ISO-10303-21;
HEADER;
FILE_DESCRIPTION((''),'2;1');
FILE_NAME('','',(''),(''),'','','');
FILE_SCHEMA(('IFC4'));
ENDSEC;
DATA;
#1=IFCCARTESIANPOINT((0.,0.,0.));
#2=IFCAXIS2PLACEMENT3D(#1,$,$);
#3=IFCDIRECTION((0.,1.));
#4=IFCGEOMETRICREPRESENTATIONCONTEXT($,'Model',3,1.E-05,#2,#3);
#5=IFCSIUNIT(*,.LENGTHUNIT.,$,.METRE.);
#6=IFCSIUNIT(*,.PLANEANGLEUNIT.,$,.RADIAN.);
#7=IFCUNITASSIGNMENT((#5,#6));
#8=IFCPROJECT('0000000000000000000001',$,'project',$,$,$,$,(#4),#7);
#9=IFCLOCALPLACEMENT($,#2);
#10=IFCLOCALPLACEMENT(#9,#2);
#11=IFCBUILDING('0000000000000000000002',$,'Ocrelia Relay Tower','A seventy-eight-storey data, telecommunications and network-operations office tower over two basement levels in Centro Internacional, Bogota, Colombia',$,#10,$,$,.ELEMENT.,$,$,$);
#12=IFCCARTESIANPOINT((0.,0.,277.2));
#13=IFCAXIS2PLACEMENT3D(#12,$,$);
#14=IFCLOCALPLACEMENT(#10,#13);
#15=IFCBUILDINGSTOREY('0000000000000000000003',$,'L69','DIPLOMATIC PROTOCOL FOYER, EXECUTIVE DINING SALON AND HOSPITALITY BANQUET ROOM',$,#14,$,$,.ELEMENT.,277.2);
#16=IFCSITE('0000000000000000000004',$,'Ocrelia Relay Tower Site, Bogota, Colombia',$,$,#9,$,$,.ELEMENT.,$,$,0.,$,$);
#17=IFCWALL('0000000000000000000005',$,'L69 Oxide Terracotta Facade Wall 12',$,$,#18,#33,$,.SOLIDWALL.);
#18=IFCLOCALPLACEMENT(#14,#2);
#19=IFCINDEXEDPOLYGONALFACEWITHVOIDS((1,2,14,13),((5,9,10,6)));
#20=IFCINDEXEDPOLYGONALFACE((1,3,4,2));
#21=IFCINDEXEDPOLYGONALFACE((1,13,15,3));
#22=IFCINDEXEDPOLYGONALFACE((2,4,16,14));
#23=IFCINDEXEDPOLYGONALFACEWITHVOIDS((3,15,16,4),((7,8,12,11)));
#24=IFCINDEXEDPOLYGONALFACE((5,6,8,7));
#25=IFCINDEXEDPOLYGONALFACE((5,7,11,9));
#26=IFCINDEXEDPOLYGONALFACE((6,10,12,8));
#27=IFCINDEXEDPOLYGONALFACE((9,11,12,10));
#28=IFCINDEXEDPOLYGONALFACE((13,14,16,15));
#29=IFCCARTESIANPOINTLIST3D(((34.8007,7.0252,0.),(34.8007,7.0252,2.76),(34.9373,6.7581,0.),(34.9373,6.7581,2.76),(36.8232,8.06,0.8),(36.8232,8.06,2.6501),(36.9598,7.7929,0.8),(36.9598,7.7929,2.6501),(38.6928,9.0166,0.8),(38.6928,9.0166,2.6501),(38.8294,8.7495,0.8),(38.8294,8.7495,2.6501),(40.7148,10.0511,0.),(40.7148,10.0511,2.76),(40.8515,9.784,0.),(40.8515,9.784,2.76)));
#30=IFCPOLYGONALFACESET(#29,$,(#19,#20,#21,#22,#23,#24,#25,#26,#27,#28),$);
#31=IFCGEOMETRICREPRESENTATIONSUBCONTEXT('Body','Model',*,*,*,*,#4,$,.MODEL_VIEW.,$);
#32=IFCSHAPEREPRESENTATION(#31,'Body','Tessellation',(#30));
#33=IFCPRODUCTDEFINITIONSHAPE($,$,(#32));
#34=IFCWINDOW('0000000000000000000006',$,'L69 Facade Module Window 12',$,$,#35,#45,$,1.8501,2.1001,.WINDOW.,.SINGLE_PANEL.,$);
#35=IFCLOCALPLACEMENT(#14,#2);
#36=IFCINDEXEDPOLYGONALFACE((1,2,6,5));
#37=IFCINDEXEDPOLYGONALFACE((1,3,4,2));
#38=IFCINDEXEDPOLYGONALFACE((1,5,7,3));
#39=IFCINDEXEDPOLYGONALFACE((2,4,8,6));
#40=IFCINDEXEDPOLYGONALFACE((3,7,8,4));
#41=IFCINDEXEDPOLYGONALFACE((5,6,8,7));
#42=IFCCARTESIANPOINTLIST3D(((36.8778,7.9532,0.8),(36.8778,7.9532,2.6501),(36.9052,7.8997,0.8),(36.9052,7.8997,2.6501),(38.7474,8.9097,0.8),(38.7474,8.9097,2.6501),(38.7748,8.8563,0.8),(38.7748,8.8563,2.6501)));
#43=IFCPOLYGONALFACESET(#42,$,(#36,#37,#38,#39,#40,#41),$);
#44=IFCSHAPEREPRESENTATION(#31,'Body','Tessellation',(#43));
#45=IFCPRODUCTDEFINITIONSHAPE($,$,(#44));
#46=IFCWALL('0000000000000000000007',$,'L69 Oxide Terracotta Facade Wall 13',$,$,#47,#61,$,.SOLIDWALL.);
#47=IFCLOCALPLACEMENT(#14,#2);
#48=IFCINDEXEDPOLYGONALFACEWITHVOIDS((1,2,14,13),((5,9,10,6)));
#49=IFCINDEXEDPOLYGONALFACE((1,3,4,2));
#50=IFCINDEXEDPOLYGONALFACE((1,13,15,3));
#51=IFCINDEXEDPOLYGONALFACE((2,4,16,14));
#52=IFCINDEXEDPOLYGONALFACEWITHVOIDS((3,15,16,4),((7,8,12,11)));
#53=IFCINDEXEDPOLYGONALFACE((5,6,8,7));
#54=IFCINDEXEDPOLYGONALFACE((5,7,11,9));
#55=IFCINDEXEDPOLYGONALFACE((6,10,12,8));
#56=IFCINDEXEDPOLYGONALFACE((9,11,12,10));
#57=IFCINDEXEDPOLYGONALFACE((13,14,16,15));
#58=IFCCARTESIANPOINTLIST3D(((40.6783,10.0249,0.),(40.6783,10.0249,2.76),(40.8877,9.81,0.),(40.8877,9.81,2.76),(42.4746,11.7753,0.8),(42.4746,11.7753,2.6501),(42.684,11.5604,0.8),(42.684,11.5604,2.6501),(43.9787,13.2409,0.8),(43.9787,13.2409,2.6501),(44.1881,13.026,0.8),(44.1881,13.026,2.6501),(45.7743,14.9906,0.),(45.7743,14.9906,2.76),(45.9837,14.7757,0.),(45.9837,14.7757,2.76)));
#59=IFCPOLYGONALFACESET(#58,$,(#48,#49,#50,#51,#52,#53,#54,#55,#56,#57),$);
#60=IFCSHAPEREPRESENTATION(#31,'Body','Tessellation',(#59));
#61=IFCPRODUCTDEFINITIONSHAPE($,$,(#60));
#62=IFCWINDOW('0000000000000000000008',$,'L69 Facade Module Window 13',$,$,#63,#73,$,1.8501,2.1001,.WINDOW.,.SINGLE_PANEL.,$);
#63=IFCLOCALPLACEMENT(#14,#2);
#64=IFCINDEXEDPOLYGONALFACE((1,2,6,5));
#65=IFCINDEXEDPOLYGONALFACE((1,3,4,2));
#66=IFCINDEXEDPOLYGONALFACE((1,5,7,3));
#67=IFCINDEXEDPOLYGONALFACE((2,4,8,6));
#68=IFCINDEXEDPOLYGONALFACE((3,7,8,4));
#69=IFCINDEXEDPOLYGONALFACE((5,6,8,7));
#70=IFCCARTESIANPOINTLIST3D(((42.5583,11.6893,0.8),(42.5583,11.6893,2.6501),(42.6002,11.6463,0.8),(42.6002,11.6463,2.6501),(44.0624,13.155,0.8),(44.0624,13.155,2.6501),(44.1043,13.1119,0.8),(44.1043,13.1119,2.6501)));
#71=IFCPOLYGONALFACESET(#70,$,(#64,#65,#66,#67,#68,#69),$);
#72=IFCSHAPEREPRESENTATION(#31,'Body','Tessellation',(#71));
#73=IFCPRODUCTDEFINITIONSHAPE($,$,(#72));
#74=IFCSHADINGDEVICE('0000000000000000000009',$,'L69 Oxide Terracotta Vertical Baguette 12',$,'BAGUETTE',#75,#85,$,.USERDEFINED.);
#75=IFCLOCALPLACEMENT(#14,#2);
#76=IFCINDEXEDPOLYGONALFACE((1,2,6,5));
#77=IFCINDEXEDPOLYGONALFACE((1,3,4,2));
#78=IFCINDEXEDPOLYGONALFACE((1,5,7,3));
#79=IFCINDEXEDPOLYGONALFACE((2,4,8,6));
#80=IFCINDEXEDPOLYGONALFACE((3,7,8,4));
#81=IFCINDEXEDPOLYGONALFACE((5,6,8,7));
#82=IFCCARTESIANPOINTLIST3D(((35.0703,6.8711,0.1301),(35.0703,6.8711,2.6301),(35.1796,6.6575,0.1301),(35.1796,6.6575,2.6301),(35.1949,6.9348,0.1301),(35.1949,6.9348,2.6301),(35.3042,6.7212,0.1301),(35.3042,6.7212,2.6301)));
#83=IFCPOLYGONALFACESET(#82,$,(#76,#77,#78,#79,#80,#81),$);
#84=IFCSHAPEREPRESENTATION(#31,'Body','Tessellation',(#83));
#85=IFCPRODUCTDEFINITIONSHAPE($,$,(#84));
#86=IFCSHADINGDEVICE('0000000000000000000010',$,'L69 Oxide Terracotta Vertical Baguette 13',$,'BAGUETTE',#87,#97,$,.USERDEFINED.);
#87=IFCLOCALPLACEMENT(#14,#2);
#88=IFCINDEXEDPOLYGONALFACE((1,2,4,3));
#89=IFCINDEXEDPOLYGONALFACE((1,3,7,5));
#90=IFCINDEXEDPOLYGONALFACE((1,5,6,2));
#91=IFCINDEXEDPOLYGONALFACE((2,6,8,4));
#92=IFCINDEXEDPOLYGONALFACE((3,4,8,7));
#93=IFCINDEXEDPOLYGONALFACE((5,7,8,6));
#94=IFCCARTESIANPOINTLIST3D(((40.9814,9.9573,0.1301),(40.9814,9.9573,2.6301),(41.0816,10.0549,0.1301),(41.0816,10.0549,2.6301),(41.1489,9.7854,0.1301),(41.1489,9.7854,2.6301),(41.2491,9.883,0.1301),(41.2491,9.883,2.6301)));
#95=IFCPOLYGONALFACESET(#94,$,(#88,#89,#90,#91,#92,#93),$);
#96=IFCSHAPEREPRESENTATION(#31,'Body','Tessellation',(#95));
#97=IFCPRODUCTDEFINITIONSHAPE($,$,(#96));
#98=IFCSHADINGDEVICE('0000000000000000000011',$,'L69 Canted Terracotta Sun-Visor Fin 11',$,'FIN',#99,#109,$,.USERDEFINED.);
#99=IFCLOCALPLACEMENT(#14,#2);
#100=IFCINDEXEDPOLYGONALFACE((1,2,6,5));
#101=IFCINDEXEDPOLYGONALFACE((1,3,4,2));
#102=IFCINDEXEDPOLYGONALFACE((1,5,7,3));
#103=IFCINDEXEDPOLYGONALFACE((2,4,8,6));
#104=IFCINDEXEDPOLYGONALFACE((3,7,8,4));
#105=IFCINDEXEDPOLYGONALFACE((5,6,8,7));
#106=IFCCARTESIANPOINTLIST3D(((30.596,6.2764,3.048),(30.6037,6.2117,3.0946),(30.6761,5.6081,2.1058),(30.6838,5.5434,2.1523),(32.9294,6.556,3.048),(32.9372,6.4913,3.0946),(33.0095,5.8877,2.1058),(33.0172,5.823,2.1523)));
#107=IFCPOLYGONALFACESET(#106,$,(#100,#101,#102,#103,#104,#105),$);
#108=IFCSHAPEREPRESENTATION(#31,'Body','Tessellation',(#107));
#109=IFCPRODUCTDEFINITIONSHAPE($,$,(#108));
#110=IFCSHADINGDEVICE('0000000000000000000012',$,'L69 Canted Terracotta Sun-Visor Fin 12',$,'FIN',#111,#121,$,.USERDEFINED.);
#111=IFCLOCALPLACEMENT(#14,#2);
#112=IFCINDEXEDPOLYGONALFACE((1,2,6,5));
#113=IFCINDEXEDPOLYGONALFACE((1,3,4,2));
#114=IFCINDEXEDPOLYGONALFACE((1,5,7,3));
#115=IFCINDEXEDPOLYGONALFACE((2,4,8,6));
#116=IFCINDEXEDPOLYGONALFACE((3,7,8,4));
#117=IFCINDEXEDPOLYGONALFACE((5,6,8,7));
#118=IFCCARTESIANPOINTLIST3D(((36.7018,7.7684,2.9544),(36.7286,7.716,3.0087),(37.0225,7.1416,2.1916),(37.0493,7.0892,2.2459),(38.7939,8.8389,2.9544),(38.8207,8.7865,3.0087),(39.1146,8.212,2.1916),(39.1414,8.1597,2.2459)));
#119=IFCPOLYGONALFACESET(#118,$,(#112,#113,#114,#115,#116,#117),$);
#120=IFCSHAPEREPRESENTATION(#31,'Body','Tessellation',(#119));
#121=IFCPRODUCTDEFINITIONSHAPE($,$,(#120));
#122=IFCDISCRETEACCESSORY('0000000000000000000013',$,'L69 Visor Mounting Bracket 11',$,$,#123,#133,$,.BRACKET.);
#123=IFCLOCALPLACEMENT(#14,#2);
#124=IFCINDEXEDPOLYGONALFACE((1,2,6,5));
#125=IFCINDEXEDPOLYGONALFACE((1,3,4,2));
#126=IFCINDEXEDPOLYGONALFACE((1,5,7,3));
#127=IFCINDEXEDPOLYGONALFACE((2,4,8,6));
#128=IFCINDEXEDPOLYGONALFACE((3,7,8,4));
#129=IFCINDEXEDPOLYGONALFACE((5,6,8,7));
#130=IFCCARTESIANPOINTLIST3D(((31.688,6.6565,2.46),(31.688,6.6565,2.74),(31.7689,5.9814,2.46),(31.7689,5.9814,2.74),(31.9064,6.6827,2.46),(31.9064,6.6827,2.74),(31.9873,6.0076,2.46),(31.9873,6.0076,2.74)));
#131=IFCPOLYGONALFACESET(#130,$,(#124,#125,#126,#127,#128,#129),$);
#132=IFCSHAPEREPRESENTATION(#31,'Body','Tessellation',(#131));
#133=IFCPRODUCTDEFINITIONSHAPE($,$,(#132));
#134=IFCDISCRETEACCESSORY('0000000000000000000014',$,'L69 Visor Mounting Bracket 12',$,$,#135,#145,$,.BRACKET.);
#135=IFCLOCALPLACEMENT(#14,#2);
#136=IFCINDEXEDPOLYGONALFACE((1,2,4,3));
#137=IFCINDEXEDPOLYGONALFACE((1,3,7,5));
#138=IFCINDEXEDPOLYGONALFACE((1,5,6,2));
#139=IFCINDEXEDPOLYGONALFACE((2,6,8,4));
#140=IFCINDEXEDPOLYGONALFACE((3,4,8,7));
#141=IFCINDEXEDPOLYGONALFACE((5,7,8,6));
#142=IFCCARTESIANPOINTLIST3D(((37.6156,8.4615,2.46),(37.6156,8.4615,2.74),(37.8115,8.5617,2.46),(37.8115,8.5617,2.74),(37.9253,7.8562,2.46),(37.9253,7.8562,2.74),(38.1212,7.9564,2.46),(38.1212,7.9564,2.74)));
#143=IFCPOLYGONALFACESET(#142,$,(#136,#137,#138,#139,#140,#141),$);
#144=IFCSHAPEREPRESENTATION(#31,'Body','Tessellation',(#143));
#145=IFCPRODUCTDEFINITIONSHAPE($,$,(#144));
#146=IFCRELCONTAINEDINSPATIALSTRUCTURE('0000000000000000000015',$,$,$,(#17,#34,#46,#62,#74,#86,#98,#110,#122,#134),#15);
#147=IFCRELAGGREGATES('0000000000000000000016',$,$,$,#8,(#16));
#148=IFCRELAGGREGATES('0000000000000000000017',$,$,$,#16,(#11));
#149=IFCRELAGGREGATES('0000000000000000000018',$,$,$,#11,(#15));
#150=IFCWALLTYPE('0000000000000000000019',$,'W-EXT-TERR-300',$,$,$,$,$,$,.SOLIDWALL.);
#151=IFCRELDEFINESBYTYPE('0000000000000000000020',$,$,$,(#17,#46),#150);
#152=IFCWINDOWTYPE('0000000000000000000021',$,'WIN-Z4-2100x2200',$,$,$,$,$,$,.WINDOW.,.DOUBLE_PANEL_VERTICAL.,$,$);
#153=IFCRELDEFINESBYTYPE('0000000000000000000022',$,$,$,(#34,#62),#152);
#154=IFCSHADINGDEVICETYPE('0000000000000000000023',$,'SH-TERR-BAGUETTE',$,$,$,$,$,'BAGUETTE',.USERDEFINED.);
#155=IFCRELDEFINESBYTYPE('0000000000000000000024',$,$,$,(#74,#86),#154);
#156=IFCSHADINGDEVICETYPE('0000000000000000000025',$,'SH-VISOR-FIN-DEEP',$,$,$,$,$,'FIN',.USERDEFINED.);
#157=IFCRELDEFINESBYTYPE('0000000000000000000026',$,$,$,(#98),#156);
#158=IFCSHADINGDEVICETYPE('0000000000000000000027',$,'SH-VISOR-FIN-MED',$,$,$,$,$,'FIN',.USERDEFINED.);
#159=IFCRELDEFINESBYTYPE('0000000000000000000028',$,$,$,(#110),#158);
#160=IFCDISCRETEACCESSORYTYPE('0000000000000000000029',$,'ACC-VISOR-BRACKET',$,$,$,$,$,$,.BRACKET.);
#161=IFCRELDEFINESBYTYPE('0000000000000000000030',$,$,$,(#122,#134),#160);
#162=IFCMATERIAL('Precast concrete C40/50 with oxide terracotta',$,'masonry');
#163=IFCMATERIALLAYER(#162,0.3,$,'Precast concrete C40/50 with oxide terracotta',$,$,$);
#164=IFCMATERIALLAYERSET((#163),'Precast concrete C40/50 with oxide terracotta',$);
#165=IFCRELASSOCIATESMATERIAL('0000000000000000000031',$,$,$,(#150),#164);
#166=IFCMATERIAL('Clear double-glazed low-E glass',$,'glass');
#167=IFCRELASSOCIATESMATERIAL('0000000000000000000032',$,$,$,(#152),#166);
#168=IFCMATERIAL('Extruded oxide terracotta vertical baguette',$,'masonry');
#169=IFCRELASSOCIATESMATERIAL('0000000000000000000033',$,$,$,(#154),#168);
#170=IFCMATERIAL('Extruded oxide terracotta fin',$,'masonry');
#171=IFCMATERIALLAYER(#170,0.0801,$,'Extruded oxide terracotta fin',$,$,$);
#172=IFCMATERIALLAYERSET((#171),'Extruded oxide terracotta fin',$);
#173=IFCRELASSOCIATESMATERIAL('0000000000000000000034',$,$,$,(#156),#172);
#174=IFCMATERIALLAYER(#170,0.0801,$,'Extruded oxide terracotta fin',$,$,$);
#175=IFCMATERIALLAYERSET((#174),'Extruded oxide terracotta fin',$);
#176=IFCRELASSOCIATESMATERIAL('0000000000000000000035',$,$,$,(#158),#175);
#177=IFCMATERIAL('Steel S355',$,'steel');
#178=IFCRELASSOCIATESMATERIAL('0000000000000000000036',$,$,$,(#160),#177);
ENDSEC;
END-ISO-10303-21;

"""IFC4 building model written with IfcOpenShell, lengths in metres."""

from ifc_helpers import new_model, si_unit, direction, frame, frame_2d, origin, origin_2d, place, context, subcontext, project, spatial, rectangle, extrude, material, layer, layer_set, type_object, element, fill, save


model = new_model("IFC4")

# Units and contexts
model_context = context("Model", 3, precision=1e-05, world=origin(), true_north=direction((0.0, 1.0)))
body_context = subcontext(model_context, "Body", "Model", "MODEL_VIEW")
ifc_project = project(units=[si_unit("LENGTHUNIT", "METRE"), si_unit("PLANEANGLEUNIT", "RADIAN")], contexts=[model_context])

# Site, building, storey
site_placement = place(None, origin())
site = spatial("IfcSite", under=ifc_project, at=site_placement, Name="Ocrelia Relay Tower Site, Bogota, Colombia", CompositionType="ELEMENT", RefElevation=0.0)
building_placement = place(site_placement, origin())
building = spatial("IfcBuilding", under=site, at=building_placement, Name="Ocrelia Relay Tower", Description="A seventy-eight-storey data, telecommunications and network-operations office tower over two basement levels in Centro Internacional, Bogota, Colombia", CompositionType="ELEMENT")
storey_placement = place(building_placement, frame((0.0, 0.0, 277.2)))
storey = spatial("IfcBuildingStorey", under=building, at=storey_placement, Name="L69", Description="DIPLOMATIC PROTOCOL FOYER, EXECUTIVE DINING SALON AND HOSPITALITY BANQUET ROOM", CompositionType="ELEMENT", Elevation=277.2)

# Shared definitions
ifc_material_1 = material(Name="Steel S355", Category="steel")

# Walls, openings, windows
ifc_material_2 = material(Name="Precast concrete C40/50 with oxide terracotta", Category="masonry")
ifc_layer_1 = layer(ifc_material_2, 0.3, Name="Precast concrete C40/50 with oxide terracotta")
ifc_layer_set_1 = layer_set([ifc_layer_1], Name="Precast concrete C40/50 with oxide terracotta")
wall_type_1 = type_object("IfcWallType", Name="W-EXT-TERR-300", PredefinedType="SOLIDWALL", material=ifc_layer_set_1)
wall_1_placement = place(storey_placement, frame((34.8689, 6.8916, 0.0), z_axis=(0.0, 0.0, 1.0), x_axis=(0.890243, 0.455485, 0.0)))
wall_1 = element("IfcWall", 1, at=wall_1_placement, inside=storey, type_object=wall_type_1, Name="L69 Oxide Terracotta Facade Wall 12", PredefinedType="SOLIDWALL", context=body_context, shape_type="SweptSolid", body=[
    extrude(rectangle(XDim=6.6433, YDim=0.3, at=frame_2d((3.3218, 0.0))), origin(), (0.0, 0.0, 1.0), 2.76),
])
opening_1_placement = place(wall_1_placement, frame((2.272, 0.0, 0.8)))
opening_1 = element("IfcOpeningElement", 2, at=opening_1_placement, cuts=wall_1, PredefinedType="OPENING", context=body_context, shape_type="SweptSolid", body=[
    extrude(rectangle(XDim=2.1001, YDim=1.8501, at=frame_2d((1.05, 0.925))), frame((0.0, 0.1602, 0.0), z_axis=(0.0, -1.0, 0.0), x_axis=(1.0, 0.0, 0.0)), (0.0, 0.0, 1.0), 0.3201),
])
ifc_material_3 = material(Name="Clear double-glazed low-E glass", Category="glass")
window_type = type_object("IfcWindowType", Name="WIN-Z4-2100x2200", PartitioningType="DOUBLE_PANEL_VERTICAL", PredefinedType="WINDOW", material=ifc_material_3)
window_1_placement = place(opening_1_placement, origin())
window_1 = element("IfcWindow", 3, at=window_1_placement, inside=storey, type_object=window_type, Name="L69 Facade Module Window 12", OverallHeight=1.8501, OverallWidth=2.1001, PartitioningType="SINGLE_PANEL", PredefinedType="WINDOW", context=body_context, shape_type="SweptSolid", body=[
    extrude(rectangle(XDim=2.1001, YDim=1.8501, at=frame_2d((1.05, 0.925))), frame((0.0, 0.03, 0.0), z_axis=(0.0, -1.0, 0.0), x_axis=(1.0, 0.0, 0.0)), (0.0, 0.0, 1.0), 0.0601),
])
fill(opening_1, window_1)
wall_2_placement = place(storey_placement, frame((40.783, 9.9175, 0.0), z_axis=(0.0, 0.0, 1.0), x_axis=(0.716209, 0.697886, 0.0)))
wall_2 = element("IfcWall", 4, at=wall_2_placement, inside=storey, type_object=wall_type_1, Name="L69 Oxide Terracotta Facade Wall 13", PredefinedType="SOLIDWALL", context=body_context, shape_type="SweptSolid", body=[
    extrude(rectangle(XDim=7.1152, YDim=0.3, at=frame_2d((3.5576, 0.0))), origin(), (0.0, 0.0, 1.0), 2.76),
])
opening_2_placement = place(wall_2_placement, frame((2.5081, 0.0, 0.8)))
opening_2 = element("IfcOpeningElement", 5, at=opening_2_placement, cuts=wall_2, PredefinedType="OPENING", context=body_context, shape_type="SweptSolid", body=[
    extrude(rectangle(XDim=2.1001, YDim=1.8501, at=frame_2d((1.05, 0.925))), frame((0.0, 0.1602, 0.0), z_axis=(0.0, -1.0, 0.0), x_axis=(1.0, 0.0, 0.0)), (0.0, 0.0, 1.0), 0.3201),
])
window_2_placement = place(opening_2_placement, origin())
window_2 = element("IfcWindow", 6, at=window_2_placement, inside=storey, type_object=window_type, Name="L69 Facade Module Window 13", OverallHeight=1.8501, OverallWidth=2.1001, PartitioningType="SINGLE_PANEL", PredefinedType="WINDOW", context=body_context, shape_type="SweptSolid", body=[
    extrude(rectangle(XDim=2.1001, YDim=1.8501, at=frame_2d((1.05, 0.925))), frame((0.0, 0.03, 0.0), z_axis=(0.0, -1.0, 0.0), x_axis=(1.0, 0.0, 0.0)), (0.0, 0.0, 1.0), 0.0601),
])
fill(opening_2, window_2)

# Shading devices
ifc_material_4 = material(Name="Extruded oxide terracotta vertical baguette", Category="masonry")
shading_device_type_1 = type_object("IfcShadingDeviceType", Name="SH-TERR-BAGUETTE", ElementType="BAGUETTE", PredefinedType="USERDEFINED", material=ifc_material_4)
for number, where, z_axis, x_axis, name in (
    (7, (35.1873, 6.7961, 0.1301), (0.0, 0.0, 1.0), (0.89024, 0.455492, 0.0), "L69 Oxide Terracotta Vertical Baguette 12"),
    (8, (41.1152, 9.9202, 0.1301), (0.0, 0.0, 1.0), (0.716197, 0.697898, 0.0), "L69 Oxide Terracotta Vertical Baguette 13"),
):
    element("IfcShadingDevice", number, at=place(storey_placement, frame(where, z_axis=z_axis, x_axis=x_axis)), inside=storey, type_object=shading_device_type_1, Name=name, ObjectType="BAGUETTE", PredefinedType="USERDEFINED", context=body_context, shape_type="SweptSolid", body=[
        extrude(rectangle(XDim=0.1399, YDim=0.24, at=origin_2d()), origin(), (0.0, 0.0, 1.0), 2.5),
    ])
ifc_material_5 = material(Name="Extruded oxide terracotta fin", Category="masonry")
ifc_layer_2 = layer(ifc_material_5, 0.0801, Name="Extruded oxide terracotta fin")
ifc_layer_set_2 = layer_set([ifc_layer_2], Name="Extruded oxide terracotta fin")
shading_device_type_2 = type_object("IfcShadingDeviceType", Name="SH-VISOR-FIN-DEEP", ElementType="FIN", PredefinedType="USERDEFINED", material=ifc_layer_set_2)
shading_device_1_placement = place(storey_placement, frame((31.8027, 6.082, 2.5769), z_axis=(0.096797, -0.807932, 0.581271), x_axis=(0.992899, 0.118957, 0.0)))
element("IfcShadingDevice", 9, at=shading_device_1_placement, inside=storey, type_object=shading_device_type_2, Name="L69 Canted Terracotta Sun-Visor Fin 11", ObjectType="FIN", PredefinedType="USERDEFINED", context=body_context, shape_type="SweptSolid", body=[
    extrude(rectangle(XDim=2.3501, YDim=1.158, at=origin_2d()), origin(), (0.0, 0.0, 1.0), 0.0801),
])
ifc_layer_3 = layer(ifc_material_5, 0.0801, Name="Extruded oxide terracotta fin")
ifc_layer_set_3 = layer_set([ifc_layer_3], Name="Extruded oxide terracotta fin")
shading_device_type_3 = type_object("IfcShadingDeviceType", Name="SH-VISOR-FIN-MED", ElementType="FIN", PredefinedType="USERDEFINED", material=ifc_layer_set_3)
shading_device_2_placement = place(storey_placement, frame((37.9082, 7.9902, 2.573), z_axis=(0.334694, -0.654145, 0.678288), x_axis=(0.89024, 0.455492, 0.0)))
element("IfcShadingDevice", 10, at=shading_device_2_placement, inside=storey, type_object=shading_device_type_3, Name="L69 Canted Terracotta Sun-Visor Fin 12", ObjectType="FIN", PredefinedType="USERDEFINED", context=body_context, shape_type="SweptSolid", body=[
    extrude(rectangle(XDim=2.3501, YDim=1.0381, at=origin_2d()), origin(), (0.0, 0.0, 1.0), 0.0801),
])

# Discrete accessories
discrete_accessory_type = type_object("IfcDiscreteAccessoryType", Name="ACC-VISOR-BRACKET", PredefinedType="BRACKET", material=ifc_material_1)
for number, where, z_axis, x_axis, name in (
    (11, (31.8376, 6.332, 2.46), (0.0, 0.0, 1.0), (0.992899, 0.118957, 0.0), "L69 Visor Mounting Bracket 11"),
    (12, (37.8684, 8.209, 2.46), (0.0, 0.0, 1.0), (0.89024, 0.455492, 0.0), "L69 Visor Mounting Bracket 12"),
):
    element("IfcDiscreteAccessory", number, at=place(storey_placement, frame(where, z_axis=z_axis, x_axis=x_axis)), inside=storey, type_object=discrete_accessory_type, Name=name, PredefinedType="BRACKET", context=body_context, shape_type="SweptSolid", body=[
        extrude(rectangle(XDim=0.22, YDim=0.6799, at=origin_2d()), origin(), (0.0, 0.0, 1.0), 0.28),
    ])

save(model, "model.ifc")
